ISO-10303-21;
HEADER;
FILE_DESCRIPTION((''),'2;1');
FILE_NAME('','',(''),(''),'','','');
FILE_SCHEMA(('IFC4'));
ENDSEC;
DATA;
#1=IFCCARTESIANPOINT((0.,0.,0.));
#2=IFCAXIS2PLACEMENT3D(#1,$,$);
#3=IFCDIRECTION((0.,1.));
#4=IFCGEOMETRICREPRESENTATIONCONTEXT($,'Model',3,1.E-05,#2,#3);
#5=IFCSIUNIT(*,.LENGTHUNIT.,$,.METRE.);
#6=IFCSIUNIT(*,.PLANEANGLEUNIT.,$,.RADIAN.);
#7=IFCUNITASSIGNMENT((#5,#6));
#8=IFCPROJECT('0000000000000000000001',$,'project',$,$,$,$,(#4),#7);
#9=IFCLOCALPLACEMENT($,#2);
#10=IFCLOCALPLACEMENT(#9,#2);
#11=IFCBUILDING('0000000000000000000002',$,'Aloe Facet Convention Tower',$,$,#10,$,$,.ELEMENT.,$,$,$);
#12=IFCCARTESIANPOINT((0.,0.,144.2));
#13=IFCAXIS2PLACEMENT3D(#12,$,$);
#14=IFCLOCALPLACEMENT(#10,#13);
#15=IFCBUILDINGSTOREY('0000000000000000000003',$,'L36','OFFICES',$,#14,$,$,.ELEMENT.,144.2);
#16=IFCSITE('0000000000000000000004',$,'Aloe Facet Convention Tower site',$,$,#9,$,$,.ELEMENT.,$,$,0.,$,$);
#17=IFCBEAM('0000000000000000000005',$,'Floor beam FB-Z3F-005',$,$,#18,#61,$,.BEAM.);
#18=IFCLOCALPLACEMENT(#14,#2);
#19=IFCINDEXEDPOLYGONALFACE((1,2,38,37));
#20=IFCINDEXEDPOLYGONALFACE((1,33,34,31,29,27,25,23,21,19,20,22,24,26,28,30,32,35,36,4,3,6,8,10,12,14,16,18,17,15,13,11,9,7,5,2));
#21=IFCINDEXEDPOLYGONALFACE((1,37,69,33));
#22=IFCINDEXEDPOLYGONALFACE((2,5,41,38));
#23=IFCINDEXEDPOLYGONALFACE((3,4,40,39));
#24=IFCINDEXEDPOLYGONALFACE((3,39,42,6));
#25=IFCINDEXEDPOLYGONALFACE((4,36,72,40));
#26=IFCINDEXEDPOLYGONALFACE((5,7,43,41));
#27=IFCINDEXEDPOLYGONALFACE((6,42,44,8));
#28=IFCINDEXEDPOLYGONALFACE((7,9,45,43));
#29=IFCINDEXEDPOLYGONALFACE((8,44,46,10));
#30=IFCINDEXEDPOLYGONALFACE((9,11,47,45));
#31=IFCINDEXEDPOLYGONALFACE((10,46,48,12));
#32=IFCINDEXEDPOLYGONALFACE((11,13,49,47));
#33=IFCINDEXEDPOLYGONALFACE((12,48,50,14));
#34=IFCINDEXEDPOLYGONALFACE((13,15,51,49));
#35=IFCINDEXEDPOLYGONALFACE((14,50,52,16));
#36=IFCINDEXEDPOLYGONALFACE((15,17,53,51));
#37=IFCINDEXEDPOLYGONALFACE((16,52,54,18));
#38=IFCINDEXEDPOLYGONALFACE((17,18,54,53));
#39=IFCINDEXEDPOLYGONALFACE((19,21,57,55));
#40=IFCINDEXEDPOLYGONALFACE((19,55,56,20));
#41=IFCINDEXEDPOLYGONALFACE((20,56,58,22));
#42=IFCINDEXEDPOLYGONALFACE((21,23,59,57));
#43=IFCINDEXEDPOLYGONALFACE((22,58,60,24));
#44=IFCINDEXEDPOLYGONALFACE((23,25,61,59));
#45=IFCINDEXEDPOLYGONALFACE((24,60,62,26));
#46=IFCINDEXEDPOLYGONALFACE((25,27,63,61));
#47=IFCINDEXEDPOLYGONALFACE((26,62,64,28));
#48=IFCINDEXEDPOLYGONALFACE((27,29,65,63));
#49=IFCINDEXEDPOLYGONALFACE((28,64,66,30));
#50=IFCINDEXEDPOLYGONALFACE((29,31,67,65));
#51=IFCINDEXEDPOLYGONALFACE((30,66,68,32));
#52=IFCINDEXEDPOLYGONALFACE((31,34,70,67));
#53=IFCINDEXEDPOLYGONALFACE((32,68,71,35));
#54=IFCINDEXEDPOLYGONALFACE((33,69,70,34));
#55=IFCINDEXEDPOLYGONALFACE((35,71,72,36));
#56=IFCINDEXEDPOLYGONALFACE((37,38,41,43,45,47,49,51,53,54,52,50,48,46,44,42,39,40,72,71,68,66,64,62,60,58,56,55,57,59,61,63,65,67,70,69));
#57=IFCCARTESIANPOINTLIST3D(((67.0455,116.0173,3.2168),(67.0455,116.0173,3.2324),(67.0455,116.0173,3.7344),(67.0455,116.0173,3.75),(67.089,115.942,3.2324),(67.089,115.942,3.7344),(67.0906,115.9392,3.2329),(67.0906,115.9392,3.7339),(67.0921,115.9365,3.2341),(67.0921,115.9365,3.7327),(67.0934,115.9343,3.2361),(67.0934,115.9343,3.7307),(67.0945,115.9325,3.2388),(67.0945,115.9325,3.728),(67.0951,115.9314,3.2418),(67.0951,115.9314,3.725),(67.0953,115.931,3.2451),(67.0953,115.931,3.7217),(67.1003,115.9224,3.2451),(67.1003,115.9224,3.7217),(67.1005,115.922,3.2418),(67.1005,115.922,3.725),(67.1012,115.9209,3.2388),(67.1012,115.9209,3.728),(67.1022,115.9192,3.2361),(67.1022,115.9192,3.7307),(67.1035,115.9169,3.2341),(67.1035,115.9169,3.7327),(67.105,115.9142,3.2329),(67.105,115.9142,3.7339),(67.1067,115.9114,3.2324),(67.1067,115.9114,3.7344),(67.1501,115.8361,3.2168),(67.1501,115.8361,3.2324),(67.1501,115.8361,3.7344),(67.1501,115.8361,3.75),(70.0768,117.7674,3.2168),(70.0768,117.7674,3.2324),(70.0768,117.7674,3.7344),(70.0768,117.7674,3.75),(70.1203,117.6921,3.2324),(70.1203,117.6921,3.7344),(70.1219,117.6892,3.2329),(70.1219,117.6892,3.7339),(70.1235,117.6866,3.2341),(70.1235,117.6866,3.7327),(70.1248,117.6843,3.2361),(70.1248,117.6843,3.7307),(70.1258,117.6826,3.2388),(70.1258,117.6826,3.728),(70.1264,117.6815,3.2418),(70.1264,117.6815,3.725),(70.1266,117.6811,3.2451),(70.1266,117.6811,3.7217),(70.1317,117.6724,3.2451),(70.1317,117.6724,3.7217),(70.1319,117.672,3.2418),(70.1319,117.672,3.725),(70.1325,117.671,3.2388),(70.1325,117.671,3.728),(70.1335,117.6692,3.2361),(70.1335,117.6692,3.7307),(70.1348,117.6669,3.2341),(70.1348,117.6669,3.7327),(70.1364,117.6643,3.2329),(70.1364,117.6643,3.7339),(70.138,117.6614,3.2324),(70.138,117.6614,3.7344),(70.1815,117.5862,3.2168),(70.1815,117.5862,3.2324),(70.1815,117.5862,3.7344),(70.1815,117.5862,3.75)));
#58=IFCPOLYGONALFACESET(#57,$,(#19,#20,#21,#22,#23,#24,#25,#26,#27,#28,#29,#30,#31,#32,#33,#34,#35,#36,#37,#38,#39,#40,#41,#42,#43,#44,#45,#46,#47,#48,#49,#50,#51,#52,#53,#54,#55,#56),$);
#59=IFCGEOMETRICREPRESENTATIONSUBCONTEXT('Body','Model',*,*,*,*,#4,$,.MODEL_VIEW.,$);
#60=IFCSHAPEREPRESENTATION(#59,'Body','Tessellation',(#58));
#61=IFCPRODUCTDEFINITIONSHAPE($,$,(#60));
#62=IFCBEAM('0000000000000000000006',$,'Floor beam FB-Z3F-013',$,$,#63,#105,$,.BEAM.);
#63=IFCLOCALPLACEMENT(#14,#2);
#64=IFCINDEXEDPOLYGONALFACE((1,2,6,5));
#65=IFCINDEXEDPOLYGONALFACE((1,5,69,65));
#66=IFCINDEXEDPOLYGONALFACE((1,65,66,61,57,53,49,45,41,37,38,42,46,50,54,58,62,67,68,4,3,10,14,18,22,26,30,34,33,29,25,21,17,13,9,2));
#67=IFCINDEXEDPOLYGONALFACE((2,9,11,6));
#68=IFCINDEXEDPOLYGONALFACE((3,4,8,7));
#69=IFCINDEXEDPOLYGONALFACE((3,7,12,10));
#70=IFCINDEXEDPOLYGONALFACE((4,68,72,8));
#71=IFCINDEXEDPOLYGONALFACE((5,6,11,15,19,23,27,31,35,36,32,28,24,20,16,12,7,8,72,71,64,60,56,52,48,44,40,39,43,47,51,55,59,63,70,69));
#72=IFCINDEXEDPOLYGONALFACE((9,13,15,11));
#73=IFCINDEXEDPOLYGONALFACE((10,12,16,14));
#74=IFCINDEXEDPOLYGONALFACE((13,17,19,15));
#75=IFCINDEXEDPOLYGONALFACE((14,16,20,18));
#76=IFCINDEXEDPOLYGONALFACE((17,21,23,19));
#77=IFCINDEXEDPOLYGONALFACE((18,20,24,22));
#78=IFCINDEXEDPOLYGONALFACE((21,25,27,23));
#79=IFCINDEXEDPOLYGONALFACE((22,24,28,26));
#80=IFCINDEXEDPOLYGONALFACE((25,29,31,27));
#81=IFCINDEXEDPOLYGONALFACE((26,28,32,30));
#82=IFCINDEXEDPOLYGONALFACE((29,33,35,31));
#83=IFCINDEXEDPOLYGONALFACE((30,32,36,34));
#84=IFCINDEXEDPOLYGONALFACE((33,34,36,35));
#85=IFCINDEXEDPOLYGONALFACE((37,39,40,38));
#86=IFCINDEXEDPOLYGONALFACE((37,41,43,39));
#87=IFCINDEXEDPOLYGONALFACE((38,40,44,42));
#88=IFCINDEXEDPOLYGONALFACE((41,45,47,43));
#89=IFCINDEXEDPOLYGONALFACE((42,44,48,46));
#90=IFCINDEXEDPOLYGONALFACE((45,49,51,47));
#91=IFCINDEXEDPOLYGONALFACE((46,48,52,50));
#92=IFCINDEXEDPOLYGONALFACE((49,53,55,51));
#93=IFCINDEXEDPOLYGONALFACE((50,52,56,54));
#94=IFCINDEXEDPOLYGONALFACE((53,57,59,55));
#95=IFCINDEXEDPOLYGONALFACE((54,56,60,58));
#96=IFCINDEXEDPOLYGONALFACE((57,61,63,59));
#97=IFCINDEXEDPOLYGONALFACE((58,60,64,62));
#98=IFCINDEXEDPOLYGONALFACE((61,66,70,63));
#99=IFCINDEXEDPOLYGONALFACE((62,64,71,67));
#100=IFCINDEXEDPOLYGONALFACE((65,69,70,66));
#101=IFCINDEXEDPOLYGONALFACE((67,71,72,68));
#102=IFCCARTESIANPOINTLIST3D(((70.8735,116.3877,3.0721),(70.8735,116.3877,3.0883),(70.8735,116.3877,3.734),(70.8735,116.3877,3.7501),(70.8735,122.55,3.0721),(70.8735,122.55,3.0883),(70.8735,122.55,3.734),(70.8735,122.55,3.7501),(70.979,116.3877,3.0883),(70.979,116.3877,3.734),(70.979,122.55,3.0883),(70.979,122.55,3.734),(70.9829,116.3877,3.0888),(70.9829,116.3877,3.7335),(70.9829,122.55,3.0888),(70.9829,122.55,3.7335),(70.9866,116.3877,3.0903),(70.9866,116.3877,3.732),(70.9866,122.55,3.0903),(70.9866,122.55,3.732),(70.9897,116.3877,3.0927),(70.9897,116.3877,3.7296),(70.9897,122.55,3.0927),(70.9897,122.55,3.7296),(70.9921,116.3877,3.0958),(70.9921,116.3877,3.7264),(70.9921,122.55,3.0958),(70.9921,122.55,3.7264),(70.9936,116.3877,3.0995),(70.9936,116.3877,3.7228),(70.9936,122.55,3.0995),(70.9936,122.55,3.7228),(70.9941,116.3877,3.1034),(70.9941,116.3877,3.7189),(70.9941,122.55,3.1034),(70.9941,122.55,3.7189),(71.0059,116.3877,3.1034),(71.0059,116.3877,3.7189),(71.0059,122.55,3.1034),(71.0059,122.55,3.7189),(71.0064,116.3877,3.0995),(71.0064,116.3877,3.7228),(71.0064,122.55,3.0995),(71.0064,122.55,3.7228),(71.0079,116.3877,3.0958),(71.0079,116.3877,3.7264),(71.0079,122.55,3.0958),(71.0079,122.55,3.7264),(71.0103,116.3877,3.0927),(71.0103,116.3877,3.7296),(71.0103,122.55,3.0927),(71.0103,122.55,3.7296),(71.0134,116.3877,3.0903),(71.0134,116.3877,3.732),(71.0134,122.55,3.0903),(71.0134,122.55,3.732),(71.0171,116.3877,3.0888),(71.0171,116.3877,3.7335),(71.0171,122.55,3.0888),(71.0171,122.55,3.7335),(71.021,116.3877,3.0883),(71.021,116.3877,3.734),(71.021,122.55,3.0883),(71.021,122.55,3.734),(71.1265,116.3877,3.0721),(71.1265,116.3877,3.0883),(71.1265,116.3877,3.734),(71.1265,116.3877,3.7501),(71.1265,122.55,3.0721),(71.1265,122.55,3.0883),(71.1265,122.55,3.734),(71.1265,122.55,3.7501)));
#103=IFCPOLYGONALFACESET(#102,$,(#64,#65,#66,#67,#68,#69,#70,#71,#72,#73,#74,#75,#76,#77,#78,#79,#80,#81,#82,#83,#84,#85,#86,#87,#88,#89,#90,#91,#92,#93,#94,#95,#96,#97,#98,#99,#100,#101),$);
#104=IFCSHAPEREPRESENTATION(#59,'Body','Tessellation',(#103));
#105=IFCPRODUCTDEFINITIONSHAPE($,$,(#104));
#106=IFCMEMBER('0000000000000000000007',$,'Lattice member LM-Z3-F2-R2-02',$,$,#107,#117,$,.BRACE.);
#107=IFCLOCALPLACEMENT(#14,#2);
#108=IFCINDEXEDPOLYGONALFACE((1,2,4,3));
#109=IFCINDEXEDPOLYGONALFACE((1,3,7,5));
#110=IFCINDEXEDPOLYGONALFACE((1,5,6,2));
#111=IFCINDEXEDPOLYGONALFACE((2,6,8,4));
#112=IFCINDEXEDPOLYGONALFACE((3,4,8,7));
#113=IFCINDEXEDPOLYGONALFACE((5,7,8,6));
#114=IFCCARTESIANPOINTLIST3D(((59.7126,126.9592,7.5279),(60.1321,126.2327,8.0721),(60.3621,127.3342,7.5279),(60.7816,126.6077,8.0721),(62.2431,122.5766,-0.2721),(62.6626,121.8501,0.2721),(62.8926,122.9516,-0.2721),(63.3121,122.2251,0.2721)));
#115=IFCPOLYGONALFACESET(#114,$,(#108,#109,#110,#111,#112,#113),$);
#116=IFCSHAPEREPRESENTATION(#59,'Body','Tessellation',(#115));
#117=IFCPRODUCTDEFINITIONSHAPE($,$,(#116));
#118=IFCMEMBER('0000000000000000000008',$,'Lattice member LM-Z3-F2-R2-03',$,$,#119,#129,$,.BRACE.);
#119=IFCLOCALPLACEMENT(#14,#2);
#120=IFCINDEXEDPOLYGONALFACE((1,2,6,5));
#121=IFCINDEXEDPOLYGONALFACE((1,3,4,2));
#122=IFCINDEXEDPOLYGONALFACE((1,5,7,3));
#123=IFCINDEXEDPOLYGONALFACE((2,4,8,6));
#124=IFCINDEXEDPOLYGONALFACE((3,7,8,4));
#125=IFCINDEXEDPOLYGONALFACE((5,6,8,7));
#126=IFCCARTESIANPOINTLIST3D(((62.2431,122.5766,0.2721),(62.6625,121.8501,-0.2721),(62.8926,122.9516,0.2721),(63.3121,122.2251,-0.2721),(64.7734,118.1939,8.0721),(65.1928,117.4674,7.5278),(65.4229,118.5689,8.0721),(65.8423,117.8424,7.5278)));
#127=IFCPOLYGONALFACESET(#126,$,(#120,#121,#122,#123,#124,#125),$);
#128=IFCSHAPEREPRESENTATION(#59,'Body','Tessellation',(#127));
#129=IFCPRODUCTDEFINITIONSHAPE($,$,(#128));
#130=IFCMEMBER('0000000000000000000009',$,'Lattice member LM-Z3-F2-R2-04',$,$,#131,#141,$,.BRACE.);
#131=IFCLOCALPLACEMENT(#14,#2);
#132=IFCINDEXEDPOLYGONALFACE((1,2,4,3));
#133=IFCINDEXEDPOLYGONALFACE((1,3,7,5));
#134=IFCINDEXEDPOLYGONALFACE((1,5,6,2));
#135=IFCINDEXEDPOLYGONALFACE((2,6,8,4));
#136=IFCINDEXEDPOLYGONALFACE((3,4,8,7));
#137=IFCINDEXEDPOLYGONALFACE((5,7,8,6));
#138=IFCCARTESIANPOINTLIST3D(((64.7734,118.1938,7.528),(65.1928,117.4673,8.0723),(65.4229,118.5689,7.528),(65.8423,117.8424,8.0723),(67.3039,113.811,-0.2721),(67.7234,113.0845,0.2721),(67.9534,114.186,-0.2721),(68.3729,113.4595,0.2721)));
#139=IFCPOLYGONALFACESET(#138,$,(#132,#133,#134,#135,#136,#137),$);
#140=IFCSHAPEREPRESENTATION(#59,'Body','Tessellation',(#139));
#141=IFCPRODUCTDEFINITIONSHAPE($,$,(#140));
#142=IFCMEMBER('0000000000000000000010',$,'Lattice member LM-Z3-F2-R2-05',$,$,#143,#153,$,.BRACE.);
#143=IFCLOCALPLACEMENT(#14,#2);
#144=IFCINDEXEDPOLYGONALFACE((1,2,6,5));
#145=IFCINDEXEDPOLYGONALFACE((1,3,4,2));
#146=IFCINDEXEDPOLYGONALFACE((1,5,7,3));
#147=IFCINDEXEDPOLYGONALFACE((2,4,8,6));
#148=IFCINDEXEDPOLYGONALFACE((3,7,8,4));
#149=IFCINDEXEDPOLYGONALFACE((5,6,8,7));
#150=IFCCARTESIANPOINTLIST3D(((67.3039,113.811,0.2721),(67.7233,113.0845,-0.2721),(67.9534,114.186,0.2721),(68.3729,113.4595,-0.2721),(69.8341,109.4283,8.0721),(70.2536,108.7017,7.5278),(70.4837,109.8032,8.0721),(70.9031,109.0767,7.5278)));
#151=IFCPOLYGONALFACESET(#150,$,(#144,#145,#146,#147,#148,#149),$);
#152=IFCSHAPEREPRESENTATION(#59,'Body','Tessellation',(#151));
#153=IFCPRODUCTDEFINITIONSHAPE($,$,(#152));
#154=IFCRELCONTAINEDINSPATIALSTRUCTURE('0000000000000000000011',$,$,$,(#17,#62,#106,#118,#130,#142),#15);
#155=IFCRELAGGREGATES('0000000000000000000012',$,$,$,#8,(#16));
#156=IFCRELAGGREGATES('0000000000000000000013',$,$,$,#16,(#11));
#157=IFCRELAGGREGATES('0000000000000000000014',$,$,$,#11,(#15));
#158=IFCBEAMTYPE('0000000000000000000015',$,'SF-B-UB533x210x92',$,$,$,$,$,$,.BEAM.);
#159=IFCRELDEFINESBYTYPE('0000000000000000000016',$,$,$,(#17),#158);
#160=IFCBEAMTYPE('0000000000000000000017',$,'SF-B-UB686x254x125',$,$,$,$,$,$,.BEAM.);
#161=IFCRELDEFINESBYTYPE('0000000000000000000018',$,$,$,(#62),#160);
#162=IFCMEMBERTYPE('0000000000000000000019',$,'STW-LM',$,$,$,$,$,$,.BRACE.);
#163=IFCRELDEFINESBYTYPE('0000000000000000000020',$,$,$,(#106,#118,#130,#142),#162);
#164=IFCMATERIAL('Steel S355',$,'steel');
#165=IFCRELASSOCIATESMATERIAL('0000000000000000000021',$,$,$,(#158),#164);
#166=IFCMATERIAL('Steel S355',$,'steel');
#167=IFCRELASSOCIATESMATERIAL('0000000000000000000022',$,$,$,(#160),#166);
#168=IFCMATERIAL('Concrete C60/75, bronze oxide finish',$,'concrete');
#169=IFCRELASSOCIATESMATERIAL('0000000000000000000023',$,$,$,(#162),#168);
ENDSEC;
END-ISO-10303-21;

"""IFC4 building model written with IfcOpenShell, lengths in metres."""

from ifc_helpers import new_model, si_unit, direction, frame, origin, origin_2d, place, context, subcontext, project, spatial, rectangle, i_section, extrude, material, material_profile, profile_set, type_object, element, save


model = new_model("IFC4")

# Units and contexts
model_context = context("Model", 3, precision=1e-05, world=origin(), true_north=direction((0.0, 1.0)))
body_context = subcontext(model_context, "Body", "Model", "MODEL_VIEW")
ifc_project = project(units=[si_unit("LENGTHUNIT", "METRE"), si_unit("PLANEANGLEUNIT", "RADIAN")], contexts=[model_context])

# Site, building, storey
site_placement = place(None, origin())
site = spatial("IfcSite", under=ifc_project, at=site_placement, Name="Aloe Facet Convention Tower site", CompositionType="ELEMENT", RefElevation=0.0)
building_placement = place(site_placement, origin())
building = spatial("IfcBuilding", under=site, at=building_placement, Name="Aloe Facet Convention Tower", CompositionType="ELEMENT")
storey_placement = place(building_placement, frame((0.0, 0.0, 144.2)))
storey = spatial("IfcBuildingStorey", under=building, at=storey_placement, Name="L36", Description="OFFICES", CompositionType="ELEMENT", Elevation=144.2)

# Beams
ifc_material_1 = material(Name="Steel S355", Category="steel")
ifc_material_profile_1 = material_profile(ifc_material_1, i_section(OverallWidth=0.2092, OverallDepth=0.5332, WebThickness=0.01, FlangeThickness=0.0156, FilletRadius=0.0127, at=origin_2d()), Name="UB 533x210x92")
ifc_profile_set_1 = profile_set([ifc_material_profile_1], Name="Steel S355")
beam_type_1 = type_object("IfcBeamType", Name="SF-B-UB533x210x92", PredefinedType="BEAM", material=ifc_profile_set_1)
beam_1_placement = place(storey_placement, frame((70.1292, 117.6768, 3.4834), z_axis=(-0.866037, -0.49998, 0.0), x_axis=(0.49998, -0.866037, 0.0)))
element("IfcBeam", 1, at=beam_1_placement, inside=storey, type_object=beam_type_1, Name="Floor beam FB-Z3F-005", PredefinedType="BEAM", context=body_context, shape_type="SweptSolid", body=[
    extrude(i_section(OverallWidth=0.2092, OverallDepth=0.5332, WebThickness=0.01, FlangeThickness=0.0156, FilletRadius=0.0127, at=origin_2d()), origin(), (0.0, 0.0, 1.0), 3.5002),
])
ifc_material_2 = material(Name="Steel S355", Category="steel")
ifc_material_profile_2 = material_profile(ifc_material_2, i_section(OverallWidth=0.2529, OverallDepth=0.678, WebThickness=0.0117, FlangeThickness=0.0161, FilletRadius=0.0151, at=origin_2d()), Name="UB 686x254x125")
ifc_profile_set_2 = profile_set([ifc_material_profile_2], Name="Steel S355")
beam_type_2 = type_object("IfcBeamType", Name="SF-B-UB686x254x125", PredefinedType="BEAM", material=ifc_profile_set_2)
beam_2_placement = place(storey_placement, frame((71.0, 122.55, 3.4111), z_axis=(0.0, -1.0, 0.0), x_axis=(1.0, 0.0, 0.0)))
element("IfcBeam", 2, at=beam_2_placement, inside=storey, type_object=beam_type_2, Name="Floor beam FB-Z3F-013", PredefinedType="BEAM", context=body_context, shape_type="SweptSolid", body=[
    extrude(i_section(OverallWidth=0.2529, OverallDepth=0.678, WebThickness=0.0117, FlangeThickness=0.0161, FilletRadius=0.0151, at=origin_2d()), origin(), (0.0, 0.0, 1.0), 6.1624),
])

# Members
ifc_material_3 = material(Name="Concrete C60/75, bronze oxide finish", Category="concrete")
ifc_material_profile_3 = material_profile(ifc_material_3, rectangle(XDim=0.75, YDim=1.0, at=origin_2d()), Name="STW-LM")
ifc_profile_set_3 = profile_set([ifc_material_profile_3], Name="Concrete C60/75, bronze oxide finish")
member_type = type_object("IfcMemberType", Name="STW-LM", PredefinedType="BRACE", material=ifc_profile_set_3)
for number, where, z_axis, x_axis, name in (
    (3, (62.7776, 122.4009, 0.0), (-0.27216, 0.47135, 0.838903), (-0.866005, -0.500036, 0.0), "Lattice member LM-Z3-F2-R2-02"),
    (4, (62.7776, 122.4009, 0.0), (0.272132, -0.471373, 0.838899), (0.866038, 0.499979, 0.0), "Lattice member LM-Z3-F2-R2-03"),
):
    element("IfcMember", number, at=place(storey_placement, frame(where, z_axis=z_axis, x_axis=x_axis)), inside=storey, type_object=member_type, Name=name, PredefinedType="BRACE", context=body_context, shape_type="SweptSolid", body=[
        extrude(rectangle(XDim=0.75, YDim=1.0, at=origin_2d()), origin(), (0.0, 0.0, 1.0), 9.2979),
    ])
member_1_placement = place(storey_placement, frame((67.8384, 113.6353, 0.0), z_axis=(-0.272156, 0.47137, 0.838893), x_axis=(-0.866017, -0.500015, 0.0)))
element("IfcMember", 5, at=member_1_placement, inside=storey, type_object=member_type, Name="Lattice member LM-Z3-F2-R2-04", PredefinedType="BRACE", context=body_context, shape_type="SweptSolid", body=[
    extrude(rectangle(XDim=0.75, YDim=1.0, at=origin_2d()), origin(), (0.0, 0.0, 1.0), 9.2981),
])
member_2_placement = place(storey_placement, frame((67.8384, 113.6353, 0.0), z_axis=(0.272132, -0.471373, 0.838899), x_axis=(0.866038, 0.499979, 0.0)))
element("IfcMember", 6, at=member_2_placement, inside=storey, type_object=member_type, Name="Lattice member LM-Z3-F2-R2-05", PredefinedType="BRACE", context=body_context, shape_type="SweptSolid", body=[
    extrude(rectangle(XDim=0.75, YDim=1.0, at=origin_2d()), origin(), (0.0, 0.0, 1.0), 9.2979),
])

save(model, "model.ifc")
